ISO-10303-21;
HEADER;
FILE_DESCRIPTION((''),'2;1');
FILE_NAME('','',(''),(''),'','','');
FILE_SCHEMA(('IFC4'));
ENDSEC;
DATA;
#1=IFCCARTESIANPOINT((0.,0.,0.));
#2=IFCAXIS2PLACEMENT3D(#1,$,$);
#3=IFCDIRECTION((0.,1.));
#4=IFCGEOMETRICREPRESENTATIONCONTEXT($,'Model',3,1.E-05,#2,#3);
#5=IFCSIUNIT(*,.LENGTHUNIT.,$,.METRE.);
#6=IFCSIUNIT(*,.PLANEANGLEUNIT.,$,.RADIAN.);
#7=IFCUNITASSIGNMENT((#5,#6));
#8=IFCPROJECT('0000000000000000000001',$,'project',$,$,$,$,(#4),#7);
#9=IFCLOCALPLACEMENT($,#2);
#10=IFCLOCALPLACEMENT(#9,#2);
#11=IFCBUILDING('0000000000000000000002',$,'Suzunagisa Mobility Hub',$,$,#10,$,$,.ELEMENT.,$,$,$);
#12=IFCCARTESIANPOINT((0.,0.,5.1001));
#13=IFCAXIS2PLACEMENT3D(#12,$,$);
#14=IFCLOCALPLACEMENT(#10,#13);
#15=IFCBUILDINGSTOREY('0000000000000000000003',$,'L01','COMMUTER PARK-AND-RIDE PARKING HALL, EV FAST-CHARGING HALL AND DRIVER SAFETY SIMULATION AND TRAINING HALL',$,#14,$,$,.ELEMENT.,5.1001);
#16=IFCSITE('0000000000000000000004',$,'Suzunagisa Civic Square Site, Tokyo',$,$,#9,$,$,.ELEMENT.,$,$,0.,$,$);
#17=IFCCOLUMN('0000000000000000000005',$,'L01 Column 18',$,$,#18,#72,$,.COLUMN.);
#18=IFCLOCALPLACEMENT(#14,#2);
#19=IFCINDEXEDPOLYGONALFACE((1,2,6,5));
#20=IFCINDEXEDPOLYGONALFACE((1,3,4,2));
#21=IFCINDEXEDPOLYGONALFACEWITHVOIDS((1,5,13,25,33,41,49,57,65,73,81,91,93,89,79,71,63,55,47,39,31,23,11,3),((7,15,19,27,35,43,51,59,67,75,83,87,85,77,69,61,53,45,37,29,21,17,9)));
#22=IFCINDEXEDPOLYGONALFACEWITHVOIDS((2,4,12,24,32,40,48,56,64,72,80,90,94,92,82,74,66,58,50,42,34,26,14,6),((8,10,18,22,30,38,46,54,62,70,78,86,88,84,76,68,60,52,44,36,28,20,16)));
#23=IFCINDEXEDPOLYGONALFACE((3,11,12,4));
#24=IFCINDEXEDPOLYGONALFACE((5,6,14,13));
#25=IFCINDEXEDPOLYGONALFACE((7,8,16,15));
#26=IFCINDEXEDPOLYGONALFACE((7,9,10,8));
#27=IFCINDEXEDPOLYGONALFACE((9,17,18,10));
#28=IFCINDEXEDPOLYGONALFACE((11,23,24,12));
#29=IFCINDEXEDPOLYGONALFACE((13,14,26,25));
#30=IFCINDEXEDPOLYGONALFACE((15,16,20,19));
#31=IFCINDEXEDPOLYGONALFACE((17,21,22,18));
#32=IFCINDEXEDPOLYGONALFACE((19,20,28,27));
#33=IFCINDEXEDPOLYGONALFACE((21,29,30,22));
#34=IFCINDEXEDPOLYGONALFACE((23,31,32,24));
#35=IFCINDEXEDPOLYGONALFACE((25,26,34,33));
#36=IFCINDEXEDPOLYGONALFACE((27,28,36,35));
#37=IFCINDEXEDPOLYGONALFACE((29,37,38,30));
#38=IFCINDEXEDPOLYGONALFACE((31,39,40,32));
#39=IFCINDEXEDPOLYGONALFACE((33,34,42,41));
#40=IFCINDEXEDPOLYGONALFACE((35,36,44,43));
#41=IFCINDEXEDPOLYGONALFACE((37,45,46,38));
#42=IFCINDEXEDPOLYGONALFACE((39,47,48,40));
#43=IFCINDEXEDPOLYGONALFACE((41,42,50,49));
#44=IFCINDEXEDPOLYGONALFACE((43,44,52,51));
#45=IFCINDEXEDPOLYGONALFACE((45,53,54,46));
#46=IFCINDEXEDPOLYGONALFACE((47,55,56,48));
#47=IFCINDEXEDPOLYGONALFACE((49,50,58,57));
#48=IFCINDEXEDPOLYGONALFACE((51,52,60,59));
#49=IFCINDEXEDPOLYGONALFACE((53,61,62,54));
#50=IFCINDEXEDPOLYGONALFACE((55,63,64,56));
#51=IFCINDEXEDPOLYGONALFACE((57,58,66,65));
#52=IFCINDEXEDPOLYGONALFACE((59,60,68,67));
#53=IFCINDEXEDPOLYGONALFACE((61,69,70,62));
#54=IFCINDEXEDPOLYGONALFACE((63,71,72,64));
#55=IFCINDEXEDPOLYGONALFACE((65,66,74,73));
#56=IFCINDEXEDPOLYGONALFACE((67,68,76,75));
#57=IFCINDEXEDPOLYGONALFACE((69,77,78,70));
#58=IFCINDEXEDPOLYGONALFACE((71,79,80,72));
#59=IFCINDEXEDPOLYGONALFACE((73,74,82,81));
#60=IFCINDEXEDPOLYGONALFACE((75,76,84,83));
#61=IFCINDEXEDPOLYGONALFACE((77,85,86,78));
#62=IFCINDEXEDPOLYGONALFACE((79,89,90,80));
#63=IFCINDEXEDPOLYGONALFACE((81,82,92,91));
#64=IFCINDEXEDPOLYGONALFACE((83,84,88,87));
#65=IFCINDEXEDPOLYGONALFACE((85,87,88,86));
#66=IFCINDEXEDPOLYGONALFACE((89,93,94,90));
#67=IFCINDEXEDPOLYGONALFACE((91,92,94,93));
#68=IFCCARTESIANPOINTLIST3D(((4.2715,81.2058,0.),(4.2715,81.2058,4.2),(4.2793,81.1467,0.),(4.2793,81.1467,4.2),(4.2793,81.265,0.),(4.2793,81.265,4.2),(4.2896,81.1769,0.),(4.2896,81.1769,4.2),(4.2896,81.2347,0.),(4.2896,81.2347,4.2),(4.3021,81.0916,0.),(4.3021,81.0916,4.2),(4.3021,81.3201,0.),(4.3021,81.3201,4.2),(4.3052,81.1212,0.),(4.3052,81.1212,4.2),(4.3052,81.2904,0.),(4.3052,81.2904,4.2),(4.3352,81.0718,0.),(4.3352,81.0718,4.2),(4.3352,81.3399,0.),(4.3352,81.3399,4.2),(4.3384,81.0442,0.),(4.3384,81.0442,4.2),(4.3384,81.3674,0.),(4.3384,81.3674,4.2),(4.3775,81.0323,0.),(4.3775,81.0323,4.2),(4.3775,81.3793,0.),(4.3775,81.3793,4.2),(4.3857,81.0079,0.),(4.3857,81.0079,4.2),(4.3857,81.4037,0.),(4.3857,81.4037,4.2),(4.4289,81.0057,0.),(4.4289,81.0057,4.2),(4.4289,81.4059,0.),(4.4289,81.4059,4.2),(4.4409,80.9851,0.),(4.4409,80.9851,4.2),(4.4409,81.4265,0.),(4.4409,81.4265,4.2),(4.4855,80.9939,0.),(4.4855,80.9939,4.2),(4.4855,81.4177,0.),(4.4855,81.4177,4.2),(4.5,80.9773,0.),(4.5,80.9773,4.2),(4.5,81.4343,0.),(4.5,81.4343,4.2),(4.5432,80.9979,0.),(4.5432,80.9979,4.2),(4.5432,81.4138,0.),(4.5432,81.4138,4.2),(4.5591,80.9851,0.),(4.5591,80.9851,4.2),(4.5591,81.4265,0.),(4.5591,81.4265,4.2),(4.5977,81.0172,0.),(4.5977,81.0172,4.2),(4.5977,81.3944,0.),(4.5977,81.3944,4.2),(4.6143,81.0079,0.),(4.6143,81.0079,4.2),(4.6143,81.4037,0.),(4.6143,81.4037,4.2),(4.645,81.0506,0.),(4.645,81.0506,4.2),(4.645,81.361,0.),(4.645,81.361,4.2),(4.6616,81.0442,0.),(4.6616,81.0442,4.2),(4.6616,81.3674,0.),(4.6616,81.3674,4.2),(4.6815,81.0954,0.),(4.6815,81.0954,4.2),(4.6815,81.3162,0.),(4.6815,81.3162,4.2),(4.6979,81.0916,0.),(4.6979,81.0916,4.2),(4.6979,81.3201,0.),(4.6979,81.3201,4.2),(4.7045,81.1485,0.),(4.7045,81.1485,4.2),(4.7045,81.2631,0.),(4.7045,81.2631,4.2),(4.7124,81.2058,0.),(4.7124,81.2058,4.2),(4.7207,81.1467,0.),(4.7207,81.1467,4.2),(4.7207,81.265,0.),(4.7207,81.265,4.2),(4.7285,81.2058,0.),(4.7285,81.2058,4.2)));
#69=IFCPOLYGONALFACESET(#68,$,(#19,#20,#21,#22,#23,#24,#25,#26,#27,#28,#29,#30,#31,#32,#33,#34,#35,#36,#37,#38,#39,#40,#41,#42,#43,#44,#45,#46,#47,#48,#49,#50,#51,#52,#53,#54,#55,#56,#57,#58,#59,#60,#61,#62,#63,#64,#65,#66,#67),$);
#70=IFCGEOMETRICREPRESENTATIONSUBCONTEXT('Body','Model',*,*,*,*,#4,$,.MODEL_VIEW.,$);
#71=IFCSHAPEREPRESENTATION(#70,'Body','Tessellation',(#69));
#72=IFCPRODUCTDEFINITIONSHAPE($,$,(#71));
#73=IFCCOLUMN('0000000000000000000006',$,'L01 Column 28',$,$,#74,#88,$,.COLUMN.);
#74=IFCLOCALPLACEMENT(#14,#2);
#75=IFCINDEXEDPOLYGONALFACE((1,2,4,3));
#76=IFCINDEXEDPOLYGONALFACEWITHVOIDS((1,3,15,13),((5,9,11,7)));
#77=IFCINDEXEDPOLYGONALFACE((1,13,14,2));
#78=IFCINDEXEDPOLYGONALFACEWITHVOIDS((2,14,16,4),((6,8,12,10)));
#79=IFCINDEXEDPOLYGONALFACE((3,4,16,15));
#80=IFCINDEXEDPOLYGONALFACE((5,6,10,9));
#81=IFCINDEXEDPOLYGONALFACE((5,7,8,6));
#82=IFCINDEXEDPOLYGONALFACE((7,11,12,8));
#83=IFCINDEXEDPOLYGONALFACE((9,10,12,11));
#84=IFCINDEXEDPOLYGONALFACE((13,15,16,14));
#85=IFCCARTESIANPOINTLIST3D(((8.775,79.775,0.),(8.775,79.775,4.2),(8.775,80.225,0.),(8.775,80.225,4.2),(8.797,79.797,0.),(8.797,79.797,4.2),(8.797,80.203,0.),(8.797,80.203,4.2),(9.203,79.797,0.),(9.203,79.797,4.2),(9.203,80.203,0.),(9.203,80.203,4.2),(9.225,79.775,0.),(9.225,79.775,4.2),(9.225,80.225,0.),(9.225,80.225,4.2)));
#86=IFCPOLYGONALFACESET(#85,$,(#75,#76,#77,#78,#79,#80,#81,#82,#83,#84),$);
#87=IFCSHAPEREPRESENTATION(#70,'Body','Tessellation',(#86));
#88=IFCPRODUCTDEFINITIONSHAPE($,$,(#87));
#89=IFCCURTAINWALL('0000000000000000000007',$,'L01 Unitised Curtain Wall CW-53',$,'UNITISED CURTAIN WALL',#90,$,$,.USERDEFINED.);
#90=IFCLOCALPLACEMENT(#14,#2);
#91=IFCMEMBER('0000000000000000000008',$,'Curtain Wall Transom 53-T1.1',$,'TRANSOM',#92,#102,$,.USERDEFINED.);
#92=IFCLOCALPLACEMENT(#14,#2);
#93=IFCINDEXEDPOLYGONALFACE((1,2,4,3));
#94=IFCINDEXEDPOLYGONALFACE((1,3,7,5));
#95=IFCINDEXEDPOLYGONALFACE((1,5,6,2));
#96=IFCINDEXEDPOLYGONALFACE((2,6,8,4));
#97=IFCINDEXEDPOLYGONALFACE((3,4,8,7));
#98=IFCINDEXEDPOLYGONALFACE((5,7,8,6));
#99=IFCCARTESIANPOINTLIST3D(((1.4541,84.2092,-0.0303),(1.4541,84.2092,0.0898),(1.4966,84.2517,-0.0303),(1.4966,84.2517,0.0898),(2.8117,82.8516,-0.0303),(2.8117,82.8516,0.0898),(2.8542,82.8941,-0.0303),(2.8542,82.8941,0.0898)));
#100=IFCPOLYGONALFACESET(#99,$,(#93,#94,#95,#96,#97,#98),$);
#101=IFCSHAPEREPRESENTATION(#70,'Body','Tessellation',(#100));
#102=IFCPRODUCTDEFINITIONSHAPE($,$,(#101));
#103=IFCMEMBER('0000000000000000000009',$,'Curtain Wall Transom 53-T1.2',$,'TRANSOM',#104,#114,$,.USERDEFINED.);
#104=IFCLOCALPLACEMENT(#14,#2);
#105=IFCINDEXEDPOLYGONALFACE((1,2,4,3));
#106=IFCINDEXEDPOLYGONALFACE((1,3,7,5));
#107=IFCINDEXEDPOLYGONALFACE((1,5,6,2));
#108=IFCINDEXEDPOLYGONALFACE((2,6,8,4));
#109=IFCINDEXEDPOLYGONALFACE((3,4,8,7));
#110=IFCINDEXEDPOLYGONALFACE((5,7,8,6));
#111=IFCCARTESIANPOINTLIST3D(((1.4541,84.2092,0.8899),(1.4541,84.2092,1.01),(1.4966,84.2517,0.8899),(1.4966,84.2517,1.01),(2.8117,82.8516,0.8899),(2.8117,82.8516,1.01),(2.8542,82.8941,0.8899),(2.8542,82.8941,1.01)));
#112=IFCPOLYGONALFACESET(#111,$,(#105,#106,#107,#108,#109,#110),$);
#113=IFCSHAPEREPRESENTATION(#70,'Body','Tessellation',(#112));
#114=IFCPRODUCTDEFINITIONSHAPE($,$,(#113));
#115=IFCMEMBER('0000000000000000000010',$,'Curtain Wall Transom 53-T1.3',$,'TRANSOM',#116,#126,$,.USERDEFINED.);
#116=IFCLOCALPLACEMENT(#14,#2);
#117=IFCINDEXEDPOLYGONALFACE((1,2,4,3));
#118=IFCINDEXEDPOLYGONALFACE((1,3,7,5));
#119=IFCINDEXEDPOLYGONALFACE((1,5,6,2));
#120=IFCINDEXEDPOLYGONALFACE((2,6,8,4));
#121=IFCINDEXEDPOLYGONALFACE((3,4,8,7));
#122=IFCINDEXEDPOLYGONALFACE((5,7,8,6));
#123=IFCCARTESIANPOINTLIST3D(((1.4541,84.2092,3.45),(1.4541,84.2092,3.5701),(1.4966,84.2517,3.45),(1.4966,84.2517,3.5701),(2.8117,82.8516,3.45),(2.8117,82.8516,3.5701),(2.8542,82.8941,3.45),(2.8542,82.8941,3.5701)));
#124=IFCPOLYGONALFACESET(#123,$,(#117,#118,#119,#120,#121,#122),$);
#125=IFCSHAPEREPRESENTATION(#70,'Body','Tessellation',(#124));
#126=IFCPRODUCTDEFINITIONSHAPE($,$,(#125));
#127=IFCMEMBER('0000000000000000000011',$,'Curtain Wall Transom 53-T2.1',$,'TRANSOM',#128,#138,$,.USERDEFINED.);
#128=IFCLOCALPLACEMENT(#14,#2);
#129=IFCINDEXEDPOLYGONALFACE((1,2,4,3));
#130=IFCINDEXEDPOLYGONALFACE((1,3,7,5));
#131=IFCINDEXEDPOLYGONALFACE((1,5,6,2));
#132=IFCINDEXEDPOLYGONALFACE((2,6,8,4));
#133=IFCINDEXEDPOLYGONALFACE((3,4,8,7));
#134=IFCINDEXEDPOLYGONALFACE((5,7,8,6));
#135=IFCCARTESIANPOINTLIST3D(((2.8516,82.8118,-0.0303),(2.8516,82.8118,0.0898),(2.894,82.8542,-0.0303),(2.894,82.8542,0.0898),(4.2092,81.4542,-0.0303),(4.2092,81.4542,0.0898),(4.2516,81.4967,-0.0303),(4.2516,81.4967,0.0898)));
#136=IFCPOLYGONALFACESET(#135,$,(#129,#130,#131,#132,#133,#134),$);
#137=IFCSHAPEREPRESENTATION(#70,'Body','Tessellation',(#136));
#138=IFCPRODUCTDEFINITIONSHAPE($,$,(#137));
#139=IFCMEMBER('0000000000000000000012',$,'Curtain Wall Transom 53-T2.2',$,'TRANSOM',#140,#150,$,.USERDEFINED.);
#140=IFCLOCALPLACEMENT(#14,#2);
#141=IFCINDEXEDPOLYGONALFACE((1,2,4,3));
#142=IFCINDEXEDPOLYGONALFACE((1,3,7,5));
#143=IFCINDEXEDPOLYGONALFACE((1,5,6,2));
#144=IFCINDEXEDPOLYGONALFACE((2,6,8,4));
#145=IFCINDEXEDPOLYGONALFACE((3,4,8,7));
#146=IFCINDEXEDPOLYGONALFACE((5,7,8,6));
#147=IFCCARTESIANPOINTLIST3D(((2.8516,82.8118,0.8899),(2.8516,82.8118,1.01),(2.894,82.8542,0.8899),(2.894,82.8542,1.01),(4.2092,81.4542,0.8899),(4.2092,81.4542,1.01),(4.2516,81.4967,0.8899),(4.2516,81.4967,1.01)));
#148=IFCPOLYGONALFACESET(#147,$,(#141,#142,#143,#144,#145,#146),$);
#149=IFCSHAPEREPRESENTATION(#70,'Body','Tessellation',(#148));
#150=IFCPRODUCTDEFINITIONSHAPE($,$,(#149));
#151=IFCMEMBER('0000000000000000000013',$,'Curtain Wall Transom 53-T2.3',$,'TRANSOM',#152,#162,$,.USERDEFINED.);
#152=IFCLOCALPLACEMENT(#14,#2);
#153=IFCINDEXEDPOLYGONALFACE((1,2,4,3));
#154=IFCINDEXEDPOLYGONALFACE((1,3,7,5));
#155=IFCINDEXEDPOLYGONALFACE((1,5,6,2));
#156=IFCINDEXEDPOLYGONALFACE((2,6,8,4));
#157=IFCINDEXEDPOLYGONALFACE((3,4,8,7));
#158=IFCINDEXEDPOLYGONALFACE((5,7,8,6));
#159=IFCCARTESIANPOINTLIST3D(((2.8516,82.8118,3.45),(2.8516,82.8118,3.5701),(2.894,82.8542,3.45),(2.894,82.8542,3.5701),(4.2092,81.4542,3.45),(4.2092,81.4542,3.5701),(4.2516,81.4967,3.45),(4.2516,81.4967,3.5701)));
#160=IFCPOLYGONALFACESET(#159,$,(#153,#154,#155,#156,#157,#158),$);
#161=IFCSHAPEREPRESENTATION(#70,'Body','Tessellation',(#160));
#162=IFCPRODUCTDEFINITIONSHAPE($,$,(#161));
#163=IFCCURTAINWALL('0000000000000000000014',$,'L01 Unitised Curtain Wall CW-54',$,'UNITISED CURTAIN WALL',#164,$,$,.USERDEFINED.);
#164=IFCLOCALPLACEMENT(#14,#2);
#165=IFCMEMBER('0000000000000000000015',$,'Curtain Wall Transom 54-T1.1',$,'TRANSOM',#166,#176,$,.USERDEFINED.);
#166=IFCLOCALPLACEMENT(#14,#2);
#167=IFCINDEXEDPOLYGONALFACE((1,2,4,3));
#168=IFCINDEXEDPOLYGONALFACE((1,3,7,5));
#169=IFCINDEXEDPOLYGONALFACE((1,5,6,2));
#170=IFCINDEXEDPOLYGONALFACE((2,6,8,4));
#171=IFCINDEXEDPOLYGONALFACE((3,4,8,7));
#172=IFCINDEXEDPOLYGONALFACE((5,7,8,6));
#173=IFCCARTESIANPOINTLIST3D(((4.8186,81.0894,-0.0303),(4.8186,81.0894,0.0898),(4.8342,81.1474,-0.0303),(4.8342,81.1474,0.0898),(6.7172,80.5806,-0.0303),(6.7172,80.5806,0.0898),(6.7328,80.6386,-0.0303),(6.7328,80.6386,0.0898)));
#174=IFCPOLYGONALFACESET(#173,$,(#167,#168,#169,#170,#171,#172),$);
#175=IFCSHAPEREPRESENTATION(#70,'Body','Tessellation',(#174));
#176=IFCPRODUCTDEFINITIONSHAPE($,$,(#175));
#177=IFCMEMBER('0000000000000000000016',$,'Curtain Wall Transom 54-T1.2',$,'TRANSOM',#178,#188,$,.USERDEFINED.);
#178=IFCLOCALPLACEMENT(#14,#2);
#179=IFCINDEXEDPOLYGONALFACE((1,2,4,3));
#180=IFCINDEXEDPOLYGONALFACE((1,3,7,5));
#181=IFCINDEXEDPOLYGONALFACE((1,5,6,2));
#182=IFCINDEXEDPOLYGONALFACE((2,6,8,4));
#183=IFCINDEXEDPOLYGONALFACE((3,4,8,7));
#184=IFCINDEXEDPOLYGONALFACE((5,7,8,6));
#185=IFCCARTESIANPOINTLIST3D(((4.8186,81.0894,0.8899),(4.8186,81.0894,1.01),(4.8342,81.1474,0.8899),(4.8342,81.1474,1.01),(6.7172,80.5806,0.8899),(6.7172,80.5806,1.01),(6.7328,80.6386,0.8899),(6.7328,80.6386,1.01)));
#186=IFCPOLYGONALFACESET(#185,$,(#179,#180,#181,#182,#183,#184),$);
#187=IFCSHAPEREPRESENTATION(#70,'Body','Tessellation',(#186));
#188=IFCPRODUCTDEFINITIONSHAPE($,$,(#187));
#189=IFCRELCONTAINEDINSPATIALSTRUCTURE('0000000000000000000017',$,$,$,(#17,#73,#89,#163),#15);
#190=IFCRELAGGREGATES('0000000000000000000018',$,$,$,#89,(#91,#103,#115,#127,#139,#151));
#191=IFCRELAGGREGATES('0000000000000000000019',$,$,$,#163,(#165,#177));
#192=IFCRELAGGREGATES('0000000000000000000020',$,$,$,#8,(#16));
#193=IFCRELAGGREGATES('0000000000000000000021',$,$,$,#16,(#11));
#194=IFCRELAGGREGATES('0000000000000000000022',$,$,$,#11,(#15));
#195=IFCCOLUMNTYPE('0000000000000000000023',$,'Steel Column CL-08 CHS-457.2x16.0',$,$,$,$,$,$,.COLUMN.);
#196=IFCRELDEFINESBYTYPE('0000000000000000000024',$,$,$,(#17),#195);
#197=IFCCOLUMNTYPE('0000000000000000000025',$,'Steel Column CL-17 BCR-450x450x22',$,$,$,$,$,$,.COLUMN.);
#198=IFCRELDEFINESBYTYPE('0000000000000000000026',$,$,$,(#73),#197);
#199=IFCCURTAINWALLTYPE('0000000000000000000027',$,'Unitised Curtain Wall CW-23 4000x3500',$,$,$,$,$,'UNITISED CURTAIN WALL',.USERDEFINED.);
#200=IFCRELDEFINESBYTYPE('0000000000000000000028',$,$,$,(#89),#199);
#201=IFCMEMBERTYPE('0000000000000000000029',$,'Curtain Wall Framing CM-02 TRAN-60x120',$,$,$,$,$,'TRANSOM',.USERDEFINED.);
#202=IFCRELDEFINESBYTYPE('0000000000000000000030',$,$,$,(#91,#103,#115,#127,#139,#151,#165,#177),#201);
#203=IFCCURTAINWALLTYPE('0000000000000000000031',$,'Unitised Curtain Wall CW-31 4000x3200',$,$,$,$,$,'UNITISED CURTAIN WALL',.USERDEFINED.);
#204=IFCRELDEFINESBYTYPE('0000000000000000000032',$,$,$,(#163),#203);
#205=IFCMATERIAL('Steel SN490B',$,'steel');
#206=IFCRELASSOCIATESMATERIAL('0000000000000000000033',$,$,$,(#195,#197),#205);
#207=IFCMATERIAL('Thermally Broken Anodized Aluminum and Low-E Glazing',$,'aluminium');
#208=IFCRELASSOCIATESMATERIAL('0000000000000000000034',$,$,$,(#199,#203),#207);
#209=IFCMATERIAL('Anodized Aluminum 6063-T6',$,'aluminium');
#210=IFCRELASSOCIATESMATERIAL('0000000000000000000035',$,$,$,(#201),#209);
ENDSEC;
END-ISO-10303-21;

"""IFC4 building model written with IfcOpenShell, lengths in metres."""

from ifc_helpers import new_model, si_unit, direction, frame, origin, origin_2d, place, context, subcontext, project, spatial, rectangle, hollow_rectangle, hollow_circle, extrude, material, material_profile, profile_set, type_object, element, aggregate, save


model = new_model("IFC4")

# Units and contexts
model_context = context("Model", 3, precision=1e-05, world=origin(), true_north=direction((0.0, 1.0)))
body_context = subcontext(model_context, "Body", "Model", "MODEL_VIEW")
ifc_project = project(units=[si_unit("LENGTHUNIT", "METRE"), si_unit("PLANEANGLEUNIT", "RADIAN")], contexts=[model_context])

# Site, building, storey
site_placement = place(None, origin())
site = spatial("IfcSite", under=ifc_project, at=site_placement, Name="Suzunagisa Civic Square Site, Tokyo", CompositionType="ELEMENT", RefElevation=0.0)
building_placement = place(site_placement, origin())
building = spatial("IfcBuilding", under=site, at=building_placement, Name="Suzunagisa Mobility Hub", CompositionType="ELEMENT")
storey_placement = place(building_placement, frame((0.0, 0.0, 5.1001)))
storey = spatial("IfcBuildingStorey", under=building, at=storey_placement, Name="L01", Description="COMMUTER PARK-AND-RIDE PARKING HALL, EV FAST-CHARGING HALL AND DRIVER SAFETY SIMULATION AND TRAINING HALL", CompositionType="ELEMENT", Elevation=5.1001)

# Columns
ifc_material_1 = material(Name="Steel SN490B", Category="steel")
ifc_material_profile_1 = material_profile(ifc_material_1, hollow_circle(Radius=0.2285, WallThickness=0.0161, at=origin_2d()), Name="CHS-457.2x16.0")
ifc_profile_set_1 = profile_set([ifc_material_profile_1], Name="Steel SN490B")
column_type_1 = type_object("IfcColumnType", Name="Steel Column CL-08 CHS-457.2x16.0", PredefinedType="COLUMN", material=ifc_profile_set_1)
column_1_placement = place(storey_placement, frame((4.5, 81.2058, 0.0), z_axis=(0.0, 0.0, 1.0), x_axis=(1.0, 0.0, 0.0)))
element("IfcColumn", 1, at=column_1_placement, inside=storey, type_object=column_type_1, Name="L01 Column 18", PredefinedType="COLUMN", context=body_context, shape_type="SweptSolid", body=[
    extrude(hollow_circle(Radius=0.2285, WallThickness=0.0161, at=origin_2d()), origin(), (0.0, 0.0, 1.0), 4.2),
])
ifc_material_profile_2 = material_profile(ifc_material_1, hollow_rectangle(XDim=0.45, YDim=0.45, WallThickness=0.022, at=origin_2d()), Name="BCR-450x450x22")
ifc_profile_set_2 = profile_set([ifc_material_profile_2], Name="Steel SN490B")
column_type_2 = type_object("IfcColumnType", Name="Steel Column CL-17 BCR-450x450x22", PredefinedType="COLUMN", material=ifc_profile_set_2)
column_2_placement = place(storey_placement, frame((9.0, 80.0, 0.0), z_axis=(0.0, 0.0, 1.0), x_axis=(1.0, 0.0, 0.0)))
element("IfcColumn", 2, at=column_2_placement, inside=storey, type_object=column_type_2, Name="L01 Column 28", PredefinedType="COLUMN", context=body_context, shape_type="SweptSolid", body=[
    extrude(hollow_rectangle(XDim=0.45, YDim=0.45, WallThickness=0.022, at=origin_2d()), origin(), (0.0, 0.0, 1.0), 4.2),
])

# Curtain walls, members
ifc_material_2 = material(Name="Thermally Broken Anodized Aluminum and Low-E Glazing", Category="aluminium")
curtain_wall_type_1 = type_object("IfcCurtainWallType", Name="Unitised Curtain Wall CW-23 4000x3500", ElementType="UNITISED CURTAIN WALL", PredefinedType="USERDEFINED", material=ifc_material_2)
curtain_wall_1_placement = place(storey_placement, origin())
curtain_wall_1 = element("IfcCurtainWall", 3, at=curtain_wall_1_placement, inside=storey, type_object=curtain_wall_type_1, Name="L01 Unitised Curtain Wall CW-53", ObjectType="UNITISED CURTAIN WALL", PredefinedType="USERDEFINED")
ifc_material_3 = material(Name="Anodized Aluminum 6063-T6", Category="aluminium")
ifc_material_profile_3 = material_profile(ifc_material_3, rectangle(XDim=0.0601, YDim=0.1201, at=origin_2d()), Name="TRAN-60x120")
ifc_profile_set_3 = profile_set([ifc_material_profile_3], Name="Anodized Aluminum 6063-T6")
member_type_1 = type_object("IfcMemberType", Name="Curtain Wall Framing CM-02 TRAN-60x120", ElementType="TRANSOM", PredefinedType="USERDEFINED", material=ifc_profile_set_3)
member_1_placement = place(storey_placement, frame((1.4753, 84.2305, 0.0298), z_axis=(0.707107, -0.707107, 0.0), x_axis=(0.707107, 0.707107, 0.0)))
member_1 = element("IfcMember", 4, at=member_1_placement, type_object=member_type_1, Name="Curtain Wall Transom 53-T1.1", ObjectType="TRANSOM", PredefinedType="USERDEFINED", context=body_context, shape_type="SweptSolid", body=[
    extrude(rectangle(XDim=0.0601, YDim=0.1201, at=origin_2d()), origin(), (0.0, 0.0, 1.0), 1.9199),
])
member_2_placement = place(storey_placement, frame((1.4753, 84.2305, 0.95), z_axis=(0.707107, -0.707107, 0.0), x_axis=(0.707107, 0.707107, 0.0)))
member_2 = element("IfcMember", 5, at=member_2_placement, type_object=member_type_1, Name="Curtain Wall Transom 53-T1.2", ObjectType="TRANSOM", PredefinedType="USERDEFINED", context=body_context, shape_type="SweptSolid", body=[
    extrude(rectangle(XDim=0.0601, YDim=0.1201, at=origin_2d()), origin(), (0.0, 0.0, 1.0), 1.9199),
])
member_3_placement = place(storey_placement, frame((1.4753, 84.2305, 3.51), z_axis=(0.707107, -0.707107, 0.0), x_axis=(0.707107, 0.707107, 0.0)))
member_3 = element("IfcMember", 6, at=member_3_placement, type_object=member_type_1, Name="Curtain Wall Transom 53-T1.3", ObjectType="TRANSOM", PredefinedType="USERDEFINED", context=body_context, shape_type="SweptSolid", body=[
    extrude(rectangle(XDim=0.0601, YDim=0.1201, at=origin_2d()), origin(), (0.0, 0.0, 1.0), 1.9199),
])
member_4_placement = place(storey_placement, frame((2.8728, 82.833, 0.0298), z_axis=(0.707107, -0.707107, 0.0), x_axis=(0.707107, 0.707107, 0.0)))
member_4 = element("IfcMember", 7, at=member_4_placement, type_object=member_type_1, Name="Curtain Wall Transom 53-T2.1", ObjectType="TRANSOM", PredefinedType="USERDEFINED", context=body_context, shape_type="SweptSolid", body=[
    extrude(rectangle(XDim=0.0601, YDim=0.1201, at=origin_2d()), origin(), (0.0, 0.0, 1.0), 1.9199),
])
member_5_placement = place(storey_placement, frame((2.8728, 82.833, 0.95), z_axis=(0.707107, -0.707107, 0.0), x_axis=(0.707107, 0.707107, 0.0)))
member_5 = element("IfcMember", 8, at=member_5_placement, type_object=member_type_1, Name="Curtain Wall Transom 53-T2.2", ObjectType="TRANSOM", PredefinedType="USERDEFINED", context=body_context, shape_type="SweptSolid", body=[
    extrude(rectangle(XDim=0.0601, YDim=0.1201, at=origin_2d()), origin(), (0.0, 0.0, 1.0), 1.9199),
])
member_6_placement = place(storey_placement, frame((2.8728, 82.833, 3.51), z_axis=(0.707107, -0.707107, 0.0), x_axis=(0.707107, 0.707107, 0.0)))
member_6 = element("IfcMember", 9, at=member_6_placement, type_object=member_type_1, Name="Curtain Wall Transom 53-T2.3", ObjectType="TRANSOM", PredefinedType="USERDEFINED", context=body_context, shape_type="SweptSolid", body=[
    extrude(rectangle(XDim=0.0601, YDim=0.1201, at=origin_2d()), origin(), (0.0, 0.0, 1.0), 1.9199),
])
curtain_wall_type_2 = type_object("IfcCurtainWallType", Name="Unitised Curtain Wall CW-31 4000x3200", ElementType="UNITISED CURTAIN WALL", PredefinedType="USERDEFINED", material=ifc_material_2)
curtain_wall_2_placement = place(storey_placement, origin())
curtain_wall_2 = element("IfcCurtainWall", 10, at=curtain_wall_2_placement, inside=storey, type_object=curtain_wall_type_2, Name="L01 Unitised Curtain Wall CW-54", ObjectType="UNITISED CURTAIN WALL", PredefinedType="USERDEFINED")
member_7_placement = place(storey_placement, frame((4.8264, 81.1184, 0.0298), z_axis=(0.965921, -0.258837, 0.0), x_axis=(0.258837, 0.965921, 0.0)))
member_7 = element("IfcMember", 11, at=member_7_placement, type_object=member_type_1, Name="Curtain Wall Transom 54-T1.1", ObjectType="TRANSOM", PredefinedType="USERDEFINED", context=body_context, shape_type="SweptSolid", body=[
    extrude(rectangle(XDim=0.0601, YDim=0.1201, at=origin_2d()), origin(), (0.0, 0.0, 1.0), 1.9656),
])
member_8_placement = place(storey_placement, frame((4.8264, 81.1184, 0.95), z_axis=(0.965921, -0.258837, 0.0), x_axis=(0.258837, 0.965921, 0.0)))
member_8 = element("IfcMember", 12, at=member_8_placement, type_object=member_type_1, Name="Curtain Wall Transom 54-T1.2", ObjectType="TRANSOM", PredefinedType="USERDEFINED", context=body_context, shape_type="SweptSolid", body=[
    extrude(rectangle(XDim=0.0601, YDim=0.1201, at=origin_2d()), origin(), (0.0, 0.0, 1.0), 1.9656),
])

aggregate(curtain_wall_1, [member_1, member_2, member_3, member_4, member_5, member_6])
aggregate(curtain_wall_2, [member_7, member_8])

save(model, "model.ifc")
